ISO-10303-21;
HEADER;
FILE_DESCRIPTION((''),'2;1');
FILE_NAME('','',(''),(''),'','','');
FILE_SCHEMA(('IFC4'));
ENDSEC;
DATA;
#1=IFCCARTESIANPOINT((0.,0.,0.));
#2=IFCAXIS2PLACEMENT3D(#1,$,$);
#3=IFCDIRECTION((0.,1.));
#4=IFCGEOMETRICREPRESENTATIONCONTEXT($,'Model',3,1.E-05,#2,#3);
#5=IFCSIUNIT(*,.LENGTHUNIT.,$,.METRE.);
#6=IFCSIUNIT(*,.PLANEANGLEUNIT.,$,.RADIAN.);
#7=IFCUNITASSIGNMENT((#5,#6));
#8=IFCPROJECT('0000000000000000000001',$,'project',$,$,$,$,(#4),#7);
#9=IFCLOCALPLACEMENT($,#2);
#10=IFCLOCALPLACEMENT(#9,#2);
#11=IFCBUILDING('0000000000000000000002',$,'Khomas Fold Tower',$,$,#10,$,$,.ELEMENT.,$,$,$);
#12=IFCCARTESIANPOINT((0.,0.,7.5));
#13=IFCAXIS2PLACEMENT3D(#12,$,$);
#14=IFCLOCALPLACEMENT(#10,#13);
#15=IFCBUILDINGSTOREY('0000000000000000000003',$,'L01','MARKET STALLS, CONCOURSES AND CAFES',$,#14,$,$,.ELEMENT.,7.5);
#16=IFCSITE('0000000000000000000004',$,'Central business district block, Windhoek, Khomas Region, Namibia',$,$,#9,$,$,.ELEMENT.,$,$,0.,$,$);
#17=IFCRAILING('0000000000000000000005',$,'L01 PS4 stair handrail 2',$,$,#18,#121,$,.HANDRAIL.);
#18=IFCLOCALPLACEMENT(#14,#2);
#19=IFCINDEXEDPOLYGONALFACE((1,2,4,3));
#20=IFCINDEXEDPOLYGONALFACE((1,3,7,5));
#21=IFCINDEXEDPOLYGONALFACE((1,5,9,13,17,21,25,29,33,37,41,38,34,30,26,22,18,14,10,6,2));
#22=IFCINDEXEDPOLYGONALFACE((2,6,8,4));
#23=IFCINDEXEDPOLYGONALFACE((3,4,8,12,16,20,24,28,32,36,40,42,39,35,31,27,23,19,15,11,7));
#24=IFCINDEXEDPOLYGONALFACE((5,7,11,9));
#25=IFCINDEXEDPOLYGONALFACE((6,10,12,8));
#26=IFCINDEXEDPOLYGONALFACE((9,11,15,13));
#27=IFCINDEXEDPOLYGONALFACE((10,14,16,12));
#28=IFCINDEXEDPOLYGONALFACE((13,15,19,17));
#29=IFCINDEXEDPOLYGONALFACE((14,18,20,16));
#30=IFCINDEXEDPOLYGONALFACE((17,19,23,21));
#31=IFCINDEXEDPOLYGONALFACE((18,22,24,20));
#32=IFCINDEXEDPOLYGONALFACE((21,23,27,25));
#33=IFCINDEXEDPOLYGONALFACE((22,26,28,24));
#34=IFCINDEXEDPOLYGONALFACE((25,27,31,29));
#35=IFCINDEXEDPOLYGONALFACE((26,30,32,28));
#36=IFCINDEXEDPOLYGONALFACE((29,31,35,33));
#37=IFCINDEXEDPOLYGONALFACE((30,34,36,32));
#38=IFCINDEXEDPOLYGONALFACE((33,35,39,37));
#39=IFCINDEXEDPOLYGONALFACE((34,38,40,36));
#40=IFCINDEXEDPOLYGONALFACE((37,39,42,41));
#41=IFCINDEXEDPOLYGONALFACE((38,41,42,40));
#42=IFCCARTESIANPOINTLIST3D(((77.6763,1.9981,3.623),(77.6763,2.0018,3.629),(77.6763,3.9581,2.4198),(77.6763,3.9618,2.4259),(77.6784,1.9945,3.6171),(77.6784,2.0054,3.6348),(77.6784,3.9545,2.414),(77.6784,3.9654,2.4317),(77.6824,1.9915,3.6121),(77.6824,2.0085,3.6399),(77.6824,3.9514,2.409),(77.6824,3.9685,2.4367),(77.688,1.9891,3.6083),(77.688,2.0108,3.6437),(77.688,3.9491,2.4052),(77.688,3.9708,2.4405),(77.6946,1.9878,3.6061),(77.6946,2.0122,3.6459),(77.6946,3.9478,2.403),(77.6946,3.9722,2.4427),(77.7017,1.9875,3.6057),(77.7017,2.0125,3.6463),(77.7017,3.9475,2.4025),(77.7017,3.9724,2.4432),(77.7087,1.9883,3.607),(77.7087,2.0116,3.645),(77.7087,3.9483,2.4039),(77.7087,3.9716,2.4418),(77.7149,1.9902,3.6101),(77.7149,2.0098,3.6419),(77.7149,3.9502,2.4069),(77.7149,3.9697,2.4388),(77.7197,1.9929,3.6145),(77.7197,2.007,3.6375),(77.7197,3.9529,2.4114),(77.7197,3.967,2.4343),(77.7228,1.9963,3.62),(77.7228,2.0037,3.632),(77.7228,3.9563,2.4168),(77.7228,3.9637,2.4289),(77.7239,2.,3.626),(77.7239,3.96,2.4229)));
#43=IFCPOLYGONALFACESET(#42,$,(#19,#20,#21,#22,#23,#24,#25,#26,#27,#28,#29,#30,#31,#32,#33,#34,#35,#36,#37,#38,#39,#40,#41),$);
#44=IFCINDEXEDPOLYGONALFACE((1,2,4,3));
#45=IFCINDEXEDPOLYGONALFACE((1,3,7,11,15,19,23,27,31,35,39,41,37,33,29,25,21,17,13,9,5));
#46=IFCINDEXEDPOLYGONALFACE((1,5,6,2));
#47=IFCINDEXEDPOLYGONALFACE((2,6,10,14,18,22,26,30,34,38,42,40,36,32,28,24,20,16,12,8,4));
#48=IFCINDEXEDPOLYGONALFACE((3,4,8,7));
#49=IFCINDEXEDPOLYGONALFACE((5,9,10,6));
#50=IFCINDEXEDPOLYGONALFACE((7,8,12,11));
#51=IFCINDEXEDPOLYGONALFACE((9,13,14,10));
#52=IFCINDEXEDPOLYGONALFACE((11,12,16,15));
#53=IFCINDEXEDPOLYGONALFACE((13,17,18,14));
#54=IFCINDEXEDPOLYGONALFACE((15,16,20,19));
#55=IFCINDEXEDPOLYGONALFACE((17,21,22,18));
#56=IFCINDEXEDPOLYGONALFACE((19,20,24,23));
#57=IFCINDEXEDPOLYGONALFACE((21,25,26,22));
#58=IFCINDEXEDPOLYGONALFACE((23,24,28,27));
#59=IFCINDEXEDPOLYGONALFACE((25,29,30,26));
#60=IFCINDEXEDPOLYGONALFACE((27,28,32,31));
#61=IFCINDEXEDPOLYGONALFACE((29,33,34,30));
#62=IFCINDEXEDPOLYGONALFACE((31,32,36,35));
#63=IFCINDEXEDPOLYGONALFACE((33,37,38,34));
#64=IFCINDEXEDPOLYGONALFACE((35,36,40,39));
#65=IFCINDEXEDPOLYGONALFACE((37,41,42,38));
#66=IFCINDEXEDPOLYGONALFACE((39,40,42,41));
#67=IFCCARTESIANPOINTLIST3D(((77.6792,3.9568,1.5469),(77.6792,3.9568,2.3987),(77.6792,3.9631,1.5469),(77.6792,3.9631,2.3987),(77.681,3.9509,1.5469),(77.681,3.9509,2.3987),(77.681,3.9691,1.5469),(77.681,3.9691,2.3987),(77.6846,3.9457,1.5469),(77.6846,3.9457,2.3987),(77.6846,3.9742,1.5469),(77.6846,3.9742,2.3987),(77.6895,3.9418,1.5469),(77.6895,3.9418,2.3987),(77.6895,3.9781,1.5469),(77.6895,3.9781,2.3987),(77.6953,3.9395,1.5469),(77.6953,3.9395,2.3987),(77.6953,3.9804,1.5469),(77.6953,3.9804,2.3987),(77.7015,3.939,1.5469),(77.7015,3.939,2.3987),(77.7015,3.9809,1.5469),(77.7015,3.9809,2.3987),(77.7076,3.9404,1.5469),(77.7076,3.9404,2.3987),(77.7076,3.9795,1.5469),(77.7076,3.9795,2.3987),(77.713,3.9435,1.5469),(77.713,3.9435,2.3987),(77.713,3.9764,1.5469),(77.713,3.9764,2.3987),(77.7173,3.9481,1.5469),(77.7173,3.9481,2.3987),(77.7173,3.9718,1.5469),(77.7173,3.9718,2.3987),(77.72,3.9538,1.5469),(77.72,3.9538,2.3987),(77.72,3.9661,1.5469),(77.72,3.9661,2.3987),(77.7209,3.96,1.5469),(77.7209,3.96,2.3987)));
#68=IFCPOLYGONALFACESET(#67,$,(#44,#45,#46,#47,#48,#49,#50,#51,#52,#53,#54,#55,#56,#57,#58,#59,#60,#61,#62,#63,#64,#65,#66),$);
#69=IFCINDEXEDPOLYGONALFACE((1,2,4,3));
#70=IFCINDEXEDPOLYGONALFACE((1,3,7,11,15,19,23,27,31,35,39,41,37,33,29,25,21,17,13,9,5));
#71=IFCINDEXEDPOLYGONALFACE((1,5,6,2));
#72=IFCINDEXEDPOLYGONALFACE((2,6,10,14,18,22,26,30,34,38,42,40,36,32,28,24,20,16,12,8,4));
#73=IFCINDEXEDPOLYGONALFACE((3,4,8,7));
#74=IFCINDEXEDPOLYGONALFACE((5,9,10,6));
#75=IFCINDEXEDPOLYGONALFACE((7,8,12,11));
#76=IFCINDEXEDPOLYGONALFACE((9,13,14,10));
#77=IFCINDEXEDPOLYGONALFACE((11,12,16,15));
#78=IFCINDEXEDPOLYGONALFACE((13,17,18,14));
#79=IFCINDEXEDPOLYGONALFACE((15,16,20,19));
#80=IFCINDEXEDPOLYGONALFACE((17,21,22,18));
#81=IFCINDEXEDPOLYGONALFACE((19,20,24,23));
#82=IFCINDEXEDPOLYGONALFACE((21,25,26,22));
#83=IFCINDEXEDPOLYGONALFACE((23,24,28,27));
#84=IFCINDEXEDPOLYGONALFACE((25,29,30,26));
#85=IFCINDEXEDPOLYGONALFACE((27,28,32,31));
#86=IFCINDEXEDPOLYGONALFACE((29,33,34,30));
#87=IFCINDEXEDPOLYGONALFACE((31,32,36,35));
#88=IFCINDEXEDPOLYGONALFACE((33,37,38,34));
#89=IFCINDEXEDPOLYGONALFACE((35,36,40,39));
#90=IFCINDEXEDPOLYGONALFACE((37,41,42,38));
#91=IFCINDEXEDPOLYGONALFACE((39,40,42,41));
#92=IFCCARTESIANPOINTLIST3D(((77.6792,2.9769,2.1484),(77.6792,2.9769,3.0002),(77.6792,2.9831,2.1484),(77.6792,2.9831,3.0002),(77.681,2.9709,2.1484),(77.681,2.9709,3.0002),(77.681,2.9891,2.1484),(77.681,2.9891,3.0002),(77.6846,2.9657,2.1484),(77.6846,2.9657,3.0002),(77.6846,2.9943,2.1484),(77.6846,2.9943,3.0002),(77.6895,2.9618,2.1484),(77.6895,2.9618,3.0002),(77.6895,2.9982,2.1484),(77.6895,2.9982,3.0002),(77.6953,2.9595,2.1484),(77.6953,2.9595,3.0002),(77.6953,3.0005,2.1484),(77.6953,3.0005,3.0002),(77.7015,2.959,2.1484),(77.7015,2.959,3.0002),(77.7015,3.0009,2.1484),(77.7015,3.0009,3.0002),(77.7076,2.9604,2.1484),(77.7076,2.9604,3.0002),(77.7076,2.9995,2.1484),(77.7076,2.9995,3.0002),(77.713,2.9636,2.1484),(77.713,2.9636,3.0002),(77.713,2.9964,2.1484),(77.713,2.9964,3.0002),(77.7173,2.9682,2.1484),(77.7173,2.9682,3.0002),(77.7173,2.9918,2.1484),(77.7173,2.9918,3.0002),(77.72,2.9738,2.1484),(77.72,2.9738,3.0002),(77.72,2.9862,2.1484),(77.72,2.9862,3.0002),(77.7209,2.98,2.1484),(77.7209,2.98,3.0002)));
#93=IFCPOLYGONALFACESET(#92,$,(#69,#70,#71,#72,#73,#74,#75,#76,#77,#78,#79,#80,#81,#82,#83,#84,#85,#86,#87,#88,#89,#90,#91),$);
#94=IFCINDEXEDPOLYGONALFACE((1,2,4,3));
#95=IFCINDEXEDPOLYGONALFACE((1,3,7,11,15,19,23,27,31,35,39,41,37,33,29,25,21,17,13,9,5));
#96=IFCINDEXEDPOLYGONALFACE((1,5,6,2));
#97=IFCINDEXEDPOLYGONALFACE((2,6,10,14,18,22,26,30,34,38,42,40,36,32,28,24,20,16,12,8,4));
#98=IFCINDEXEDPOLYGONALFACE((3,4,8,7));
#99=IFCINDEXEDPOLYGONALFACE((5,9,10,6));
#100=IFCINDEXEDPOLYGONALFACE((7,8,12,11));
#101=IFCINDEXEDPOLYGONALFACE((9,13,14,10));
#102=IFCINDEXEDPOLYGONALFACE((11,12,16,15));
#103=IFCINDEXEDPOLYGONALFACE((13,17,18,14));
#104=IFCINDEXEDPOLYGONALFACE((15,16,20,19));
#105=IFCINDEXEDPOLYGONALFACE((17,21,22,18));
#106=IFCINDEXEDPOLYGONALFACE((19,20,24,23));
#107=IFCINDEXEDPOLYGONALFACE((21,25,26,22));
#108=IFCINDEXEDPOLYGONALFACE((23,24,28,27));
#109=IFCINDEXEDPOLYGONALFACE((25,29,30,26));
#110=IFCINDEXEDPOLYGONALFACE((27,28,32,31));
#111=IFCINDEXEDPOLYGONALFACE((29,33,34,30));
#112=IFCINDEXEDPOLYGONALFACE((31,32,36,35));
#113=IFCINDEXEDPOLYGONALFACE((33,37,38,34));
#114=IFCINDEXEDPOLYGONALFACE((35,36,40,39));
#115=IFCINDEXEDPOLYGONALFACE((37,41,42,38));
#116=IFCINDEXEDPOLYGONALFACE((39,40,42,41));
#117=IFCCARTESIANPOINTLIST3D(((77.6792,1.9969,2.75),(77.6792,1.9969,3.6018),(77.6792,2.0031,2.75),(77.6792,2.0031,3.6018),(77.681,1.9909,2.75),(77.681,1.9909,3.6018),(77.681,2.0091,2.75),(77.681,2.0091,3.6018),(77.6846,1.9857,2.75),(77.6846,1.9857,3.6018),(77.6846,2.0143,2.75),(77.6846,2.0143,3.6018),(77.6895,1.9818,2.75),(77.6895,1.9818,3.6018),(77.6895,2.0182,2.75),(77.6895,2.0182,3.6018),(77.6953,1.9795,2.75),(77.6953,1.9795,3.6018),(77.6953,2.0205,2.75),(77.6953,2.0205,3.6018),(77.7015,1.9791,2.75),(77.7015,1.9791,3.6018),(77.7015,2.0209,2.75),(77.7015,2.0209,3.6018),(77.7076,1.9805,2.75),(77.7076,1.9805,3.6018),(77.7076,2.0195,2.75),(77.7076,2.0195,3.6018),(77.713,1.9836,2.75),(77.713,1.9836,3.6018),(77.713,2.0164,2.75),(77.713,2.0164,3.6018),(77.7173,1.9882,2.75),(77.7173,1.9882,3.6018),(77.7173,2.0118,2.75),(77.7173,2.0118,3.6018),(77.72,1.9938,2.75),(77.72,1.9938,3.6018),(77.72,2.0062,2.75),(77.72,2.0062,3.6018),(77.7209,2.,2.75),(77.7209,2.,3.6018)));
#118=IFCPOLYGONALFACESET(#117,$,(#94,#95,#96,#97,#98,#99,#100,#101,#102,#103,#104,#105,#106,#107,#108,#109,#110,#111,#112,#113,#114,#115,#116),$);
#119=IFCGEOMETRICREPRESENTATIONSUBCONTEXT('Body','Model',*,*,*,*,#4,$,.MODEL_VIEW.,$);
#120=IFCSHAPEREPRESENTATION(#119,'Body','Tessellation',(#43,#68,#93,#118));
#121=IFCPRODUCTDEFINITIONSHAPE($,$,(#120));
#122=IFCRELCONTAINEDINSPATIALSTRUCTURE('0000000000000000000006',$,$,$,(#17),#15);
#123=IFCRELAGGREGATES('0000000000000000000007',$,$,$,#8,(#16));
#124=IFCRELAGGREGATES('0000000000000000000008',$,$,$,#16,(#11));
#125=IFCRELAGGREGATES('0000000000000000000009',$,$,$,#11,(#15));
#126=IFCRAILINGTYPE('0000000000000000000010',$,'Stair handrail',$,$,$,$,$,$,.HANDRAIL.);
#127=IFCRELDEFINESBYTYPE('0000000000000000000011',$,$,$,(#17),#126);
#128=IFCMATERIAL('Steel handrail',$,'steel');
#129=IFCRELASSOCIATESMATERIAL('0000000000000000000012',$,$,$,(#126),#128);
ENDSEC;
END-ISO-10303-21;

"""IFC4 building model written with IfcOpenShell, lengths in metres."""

from ifc_helpers import new_model, si_unit, direction, frame, origin, origin_2d, place, context, subcontext, project, spatial, circle, extrude, source, transform, mapped, material, type_object, element, save


model = new_model("IFC4")

# Units and contexts
model_context = context("Model", 3, precision=1e-05, world=origin(), true_north=direction((0.0, 1.0)))
body_context = subcontext(model_context, "Body", "Model", "MODEL_VIEW")
ifc_project = project(units=[si_unit("LENGTHUNIT", "METRE"), si_unit("PLANEANGLEUNIT", "RADIAN")], contexts=[model_context])

# Site, building, storey
site_placement = place(None, origin())
site = spatial("IfcSite", under=ifc_project, at=site_placement, Name="Central business district block, Windhoek, Khomas Region, Namibia", CompositionType="ELEMENT", RefElevation=0.0)
building_placement = place(site_placement, origin())
building = spatial("IfcBuilding", under=site, at=building_placement, Name="Khomas Fold Tower", CompositionType="ELEMENT")
storey_placement = place(building_placement, frame((0.0, 0.0, 7.5)))
storey = spatial("IfcBuildingStorey", under=building, at=storey_placement, Name="L01", Description="MARKET STALLS, CONCOURSES AND CAFES", CompositionType="ELEMENT", Elevation=7.5)

# Railing
ifc_material_1 = material(Name="Steel handrail", Category="steel")
railing_type_1 = type_object("IfcRailingType", Name="Stair handrail", PredefinedType="HANDRAIL", material=ifc_material_1)
shared_shape_1 = source(origin(), body_context, "Body", "SweptSolid", [
    extrude(circle(Radius=0.0239, at=origin_2d()), frame((0.0, 0.0, 0.876), z_axis=(0.0, -0.852241, 0.523149), x_axis=(1.0, 0.0, 0.0)), (0.0, 0.0, 1.0), 2.2998),
    extrude(circle(Radius=0.021, at=origin_2d()), origin(), (0.0, 0.0, 1.0), 0.8518),
    extrude(circle(Radius=0.021, at=origin_2d()), frame((0.0, -0.98, 0.6016)), (0.0, 0.0, 1.0), 0.8518),
    extrude(circle(Radius=0.021, at=origin_2d()), frame((0.0, -1.96, 1.2031)), (0.0, 0.0, 1.0), 0.8518),
])
for number, where, name in (
    (1, (77.7, 3.96, 1.5469), "L01 PS4 stair handrail 2"),
):
    element("IfcRailing", number, at=place(storey_placement, frame(where)), inside=storey, type_object=railing_type_1, Name=name, PredefinedType="HANDRAIL", context=body_context, shape_type="MappedRepresentation", body=[
        mapped(shared_shape_1, transform((0.0, 0.0, 0.0))),
    ])

save(model, "model.ifc")
